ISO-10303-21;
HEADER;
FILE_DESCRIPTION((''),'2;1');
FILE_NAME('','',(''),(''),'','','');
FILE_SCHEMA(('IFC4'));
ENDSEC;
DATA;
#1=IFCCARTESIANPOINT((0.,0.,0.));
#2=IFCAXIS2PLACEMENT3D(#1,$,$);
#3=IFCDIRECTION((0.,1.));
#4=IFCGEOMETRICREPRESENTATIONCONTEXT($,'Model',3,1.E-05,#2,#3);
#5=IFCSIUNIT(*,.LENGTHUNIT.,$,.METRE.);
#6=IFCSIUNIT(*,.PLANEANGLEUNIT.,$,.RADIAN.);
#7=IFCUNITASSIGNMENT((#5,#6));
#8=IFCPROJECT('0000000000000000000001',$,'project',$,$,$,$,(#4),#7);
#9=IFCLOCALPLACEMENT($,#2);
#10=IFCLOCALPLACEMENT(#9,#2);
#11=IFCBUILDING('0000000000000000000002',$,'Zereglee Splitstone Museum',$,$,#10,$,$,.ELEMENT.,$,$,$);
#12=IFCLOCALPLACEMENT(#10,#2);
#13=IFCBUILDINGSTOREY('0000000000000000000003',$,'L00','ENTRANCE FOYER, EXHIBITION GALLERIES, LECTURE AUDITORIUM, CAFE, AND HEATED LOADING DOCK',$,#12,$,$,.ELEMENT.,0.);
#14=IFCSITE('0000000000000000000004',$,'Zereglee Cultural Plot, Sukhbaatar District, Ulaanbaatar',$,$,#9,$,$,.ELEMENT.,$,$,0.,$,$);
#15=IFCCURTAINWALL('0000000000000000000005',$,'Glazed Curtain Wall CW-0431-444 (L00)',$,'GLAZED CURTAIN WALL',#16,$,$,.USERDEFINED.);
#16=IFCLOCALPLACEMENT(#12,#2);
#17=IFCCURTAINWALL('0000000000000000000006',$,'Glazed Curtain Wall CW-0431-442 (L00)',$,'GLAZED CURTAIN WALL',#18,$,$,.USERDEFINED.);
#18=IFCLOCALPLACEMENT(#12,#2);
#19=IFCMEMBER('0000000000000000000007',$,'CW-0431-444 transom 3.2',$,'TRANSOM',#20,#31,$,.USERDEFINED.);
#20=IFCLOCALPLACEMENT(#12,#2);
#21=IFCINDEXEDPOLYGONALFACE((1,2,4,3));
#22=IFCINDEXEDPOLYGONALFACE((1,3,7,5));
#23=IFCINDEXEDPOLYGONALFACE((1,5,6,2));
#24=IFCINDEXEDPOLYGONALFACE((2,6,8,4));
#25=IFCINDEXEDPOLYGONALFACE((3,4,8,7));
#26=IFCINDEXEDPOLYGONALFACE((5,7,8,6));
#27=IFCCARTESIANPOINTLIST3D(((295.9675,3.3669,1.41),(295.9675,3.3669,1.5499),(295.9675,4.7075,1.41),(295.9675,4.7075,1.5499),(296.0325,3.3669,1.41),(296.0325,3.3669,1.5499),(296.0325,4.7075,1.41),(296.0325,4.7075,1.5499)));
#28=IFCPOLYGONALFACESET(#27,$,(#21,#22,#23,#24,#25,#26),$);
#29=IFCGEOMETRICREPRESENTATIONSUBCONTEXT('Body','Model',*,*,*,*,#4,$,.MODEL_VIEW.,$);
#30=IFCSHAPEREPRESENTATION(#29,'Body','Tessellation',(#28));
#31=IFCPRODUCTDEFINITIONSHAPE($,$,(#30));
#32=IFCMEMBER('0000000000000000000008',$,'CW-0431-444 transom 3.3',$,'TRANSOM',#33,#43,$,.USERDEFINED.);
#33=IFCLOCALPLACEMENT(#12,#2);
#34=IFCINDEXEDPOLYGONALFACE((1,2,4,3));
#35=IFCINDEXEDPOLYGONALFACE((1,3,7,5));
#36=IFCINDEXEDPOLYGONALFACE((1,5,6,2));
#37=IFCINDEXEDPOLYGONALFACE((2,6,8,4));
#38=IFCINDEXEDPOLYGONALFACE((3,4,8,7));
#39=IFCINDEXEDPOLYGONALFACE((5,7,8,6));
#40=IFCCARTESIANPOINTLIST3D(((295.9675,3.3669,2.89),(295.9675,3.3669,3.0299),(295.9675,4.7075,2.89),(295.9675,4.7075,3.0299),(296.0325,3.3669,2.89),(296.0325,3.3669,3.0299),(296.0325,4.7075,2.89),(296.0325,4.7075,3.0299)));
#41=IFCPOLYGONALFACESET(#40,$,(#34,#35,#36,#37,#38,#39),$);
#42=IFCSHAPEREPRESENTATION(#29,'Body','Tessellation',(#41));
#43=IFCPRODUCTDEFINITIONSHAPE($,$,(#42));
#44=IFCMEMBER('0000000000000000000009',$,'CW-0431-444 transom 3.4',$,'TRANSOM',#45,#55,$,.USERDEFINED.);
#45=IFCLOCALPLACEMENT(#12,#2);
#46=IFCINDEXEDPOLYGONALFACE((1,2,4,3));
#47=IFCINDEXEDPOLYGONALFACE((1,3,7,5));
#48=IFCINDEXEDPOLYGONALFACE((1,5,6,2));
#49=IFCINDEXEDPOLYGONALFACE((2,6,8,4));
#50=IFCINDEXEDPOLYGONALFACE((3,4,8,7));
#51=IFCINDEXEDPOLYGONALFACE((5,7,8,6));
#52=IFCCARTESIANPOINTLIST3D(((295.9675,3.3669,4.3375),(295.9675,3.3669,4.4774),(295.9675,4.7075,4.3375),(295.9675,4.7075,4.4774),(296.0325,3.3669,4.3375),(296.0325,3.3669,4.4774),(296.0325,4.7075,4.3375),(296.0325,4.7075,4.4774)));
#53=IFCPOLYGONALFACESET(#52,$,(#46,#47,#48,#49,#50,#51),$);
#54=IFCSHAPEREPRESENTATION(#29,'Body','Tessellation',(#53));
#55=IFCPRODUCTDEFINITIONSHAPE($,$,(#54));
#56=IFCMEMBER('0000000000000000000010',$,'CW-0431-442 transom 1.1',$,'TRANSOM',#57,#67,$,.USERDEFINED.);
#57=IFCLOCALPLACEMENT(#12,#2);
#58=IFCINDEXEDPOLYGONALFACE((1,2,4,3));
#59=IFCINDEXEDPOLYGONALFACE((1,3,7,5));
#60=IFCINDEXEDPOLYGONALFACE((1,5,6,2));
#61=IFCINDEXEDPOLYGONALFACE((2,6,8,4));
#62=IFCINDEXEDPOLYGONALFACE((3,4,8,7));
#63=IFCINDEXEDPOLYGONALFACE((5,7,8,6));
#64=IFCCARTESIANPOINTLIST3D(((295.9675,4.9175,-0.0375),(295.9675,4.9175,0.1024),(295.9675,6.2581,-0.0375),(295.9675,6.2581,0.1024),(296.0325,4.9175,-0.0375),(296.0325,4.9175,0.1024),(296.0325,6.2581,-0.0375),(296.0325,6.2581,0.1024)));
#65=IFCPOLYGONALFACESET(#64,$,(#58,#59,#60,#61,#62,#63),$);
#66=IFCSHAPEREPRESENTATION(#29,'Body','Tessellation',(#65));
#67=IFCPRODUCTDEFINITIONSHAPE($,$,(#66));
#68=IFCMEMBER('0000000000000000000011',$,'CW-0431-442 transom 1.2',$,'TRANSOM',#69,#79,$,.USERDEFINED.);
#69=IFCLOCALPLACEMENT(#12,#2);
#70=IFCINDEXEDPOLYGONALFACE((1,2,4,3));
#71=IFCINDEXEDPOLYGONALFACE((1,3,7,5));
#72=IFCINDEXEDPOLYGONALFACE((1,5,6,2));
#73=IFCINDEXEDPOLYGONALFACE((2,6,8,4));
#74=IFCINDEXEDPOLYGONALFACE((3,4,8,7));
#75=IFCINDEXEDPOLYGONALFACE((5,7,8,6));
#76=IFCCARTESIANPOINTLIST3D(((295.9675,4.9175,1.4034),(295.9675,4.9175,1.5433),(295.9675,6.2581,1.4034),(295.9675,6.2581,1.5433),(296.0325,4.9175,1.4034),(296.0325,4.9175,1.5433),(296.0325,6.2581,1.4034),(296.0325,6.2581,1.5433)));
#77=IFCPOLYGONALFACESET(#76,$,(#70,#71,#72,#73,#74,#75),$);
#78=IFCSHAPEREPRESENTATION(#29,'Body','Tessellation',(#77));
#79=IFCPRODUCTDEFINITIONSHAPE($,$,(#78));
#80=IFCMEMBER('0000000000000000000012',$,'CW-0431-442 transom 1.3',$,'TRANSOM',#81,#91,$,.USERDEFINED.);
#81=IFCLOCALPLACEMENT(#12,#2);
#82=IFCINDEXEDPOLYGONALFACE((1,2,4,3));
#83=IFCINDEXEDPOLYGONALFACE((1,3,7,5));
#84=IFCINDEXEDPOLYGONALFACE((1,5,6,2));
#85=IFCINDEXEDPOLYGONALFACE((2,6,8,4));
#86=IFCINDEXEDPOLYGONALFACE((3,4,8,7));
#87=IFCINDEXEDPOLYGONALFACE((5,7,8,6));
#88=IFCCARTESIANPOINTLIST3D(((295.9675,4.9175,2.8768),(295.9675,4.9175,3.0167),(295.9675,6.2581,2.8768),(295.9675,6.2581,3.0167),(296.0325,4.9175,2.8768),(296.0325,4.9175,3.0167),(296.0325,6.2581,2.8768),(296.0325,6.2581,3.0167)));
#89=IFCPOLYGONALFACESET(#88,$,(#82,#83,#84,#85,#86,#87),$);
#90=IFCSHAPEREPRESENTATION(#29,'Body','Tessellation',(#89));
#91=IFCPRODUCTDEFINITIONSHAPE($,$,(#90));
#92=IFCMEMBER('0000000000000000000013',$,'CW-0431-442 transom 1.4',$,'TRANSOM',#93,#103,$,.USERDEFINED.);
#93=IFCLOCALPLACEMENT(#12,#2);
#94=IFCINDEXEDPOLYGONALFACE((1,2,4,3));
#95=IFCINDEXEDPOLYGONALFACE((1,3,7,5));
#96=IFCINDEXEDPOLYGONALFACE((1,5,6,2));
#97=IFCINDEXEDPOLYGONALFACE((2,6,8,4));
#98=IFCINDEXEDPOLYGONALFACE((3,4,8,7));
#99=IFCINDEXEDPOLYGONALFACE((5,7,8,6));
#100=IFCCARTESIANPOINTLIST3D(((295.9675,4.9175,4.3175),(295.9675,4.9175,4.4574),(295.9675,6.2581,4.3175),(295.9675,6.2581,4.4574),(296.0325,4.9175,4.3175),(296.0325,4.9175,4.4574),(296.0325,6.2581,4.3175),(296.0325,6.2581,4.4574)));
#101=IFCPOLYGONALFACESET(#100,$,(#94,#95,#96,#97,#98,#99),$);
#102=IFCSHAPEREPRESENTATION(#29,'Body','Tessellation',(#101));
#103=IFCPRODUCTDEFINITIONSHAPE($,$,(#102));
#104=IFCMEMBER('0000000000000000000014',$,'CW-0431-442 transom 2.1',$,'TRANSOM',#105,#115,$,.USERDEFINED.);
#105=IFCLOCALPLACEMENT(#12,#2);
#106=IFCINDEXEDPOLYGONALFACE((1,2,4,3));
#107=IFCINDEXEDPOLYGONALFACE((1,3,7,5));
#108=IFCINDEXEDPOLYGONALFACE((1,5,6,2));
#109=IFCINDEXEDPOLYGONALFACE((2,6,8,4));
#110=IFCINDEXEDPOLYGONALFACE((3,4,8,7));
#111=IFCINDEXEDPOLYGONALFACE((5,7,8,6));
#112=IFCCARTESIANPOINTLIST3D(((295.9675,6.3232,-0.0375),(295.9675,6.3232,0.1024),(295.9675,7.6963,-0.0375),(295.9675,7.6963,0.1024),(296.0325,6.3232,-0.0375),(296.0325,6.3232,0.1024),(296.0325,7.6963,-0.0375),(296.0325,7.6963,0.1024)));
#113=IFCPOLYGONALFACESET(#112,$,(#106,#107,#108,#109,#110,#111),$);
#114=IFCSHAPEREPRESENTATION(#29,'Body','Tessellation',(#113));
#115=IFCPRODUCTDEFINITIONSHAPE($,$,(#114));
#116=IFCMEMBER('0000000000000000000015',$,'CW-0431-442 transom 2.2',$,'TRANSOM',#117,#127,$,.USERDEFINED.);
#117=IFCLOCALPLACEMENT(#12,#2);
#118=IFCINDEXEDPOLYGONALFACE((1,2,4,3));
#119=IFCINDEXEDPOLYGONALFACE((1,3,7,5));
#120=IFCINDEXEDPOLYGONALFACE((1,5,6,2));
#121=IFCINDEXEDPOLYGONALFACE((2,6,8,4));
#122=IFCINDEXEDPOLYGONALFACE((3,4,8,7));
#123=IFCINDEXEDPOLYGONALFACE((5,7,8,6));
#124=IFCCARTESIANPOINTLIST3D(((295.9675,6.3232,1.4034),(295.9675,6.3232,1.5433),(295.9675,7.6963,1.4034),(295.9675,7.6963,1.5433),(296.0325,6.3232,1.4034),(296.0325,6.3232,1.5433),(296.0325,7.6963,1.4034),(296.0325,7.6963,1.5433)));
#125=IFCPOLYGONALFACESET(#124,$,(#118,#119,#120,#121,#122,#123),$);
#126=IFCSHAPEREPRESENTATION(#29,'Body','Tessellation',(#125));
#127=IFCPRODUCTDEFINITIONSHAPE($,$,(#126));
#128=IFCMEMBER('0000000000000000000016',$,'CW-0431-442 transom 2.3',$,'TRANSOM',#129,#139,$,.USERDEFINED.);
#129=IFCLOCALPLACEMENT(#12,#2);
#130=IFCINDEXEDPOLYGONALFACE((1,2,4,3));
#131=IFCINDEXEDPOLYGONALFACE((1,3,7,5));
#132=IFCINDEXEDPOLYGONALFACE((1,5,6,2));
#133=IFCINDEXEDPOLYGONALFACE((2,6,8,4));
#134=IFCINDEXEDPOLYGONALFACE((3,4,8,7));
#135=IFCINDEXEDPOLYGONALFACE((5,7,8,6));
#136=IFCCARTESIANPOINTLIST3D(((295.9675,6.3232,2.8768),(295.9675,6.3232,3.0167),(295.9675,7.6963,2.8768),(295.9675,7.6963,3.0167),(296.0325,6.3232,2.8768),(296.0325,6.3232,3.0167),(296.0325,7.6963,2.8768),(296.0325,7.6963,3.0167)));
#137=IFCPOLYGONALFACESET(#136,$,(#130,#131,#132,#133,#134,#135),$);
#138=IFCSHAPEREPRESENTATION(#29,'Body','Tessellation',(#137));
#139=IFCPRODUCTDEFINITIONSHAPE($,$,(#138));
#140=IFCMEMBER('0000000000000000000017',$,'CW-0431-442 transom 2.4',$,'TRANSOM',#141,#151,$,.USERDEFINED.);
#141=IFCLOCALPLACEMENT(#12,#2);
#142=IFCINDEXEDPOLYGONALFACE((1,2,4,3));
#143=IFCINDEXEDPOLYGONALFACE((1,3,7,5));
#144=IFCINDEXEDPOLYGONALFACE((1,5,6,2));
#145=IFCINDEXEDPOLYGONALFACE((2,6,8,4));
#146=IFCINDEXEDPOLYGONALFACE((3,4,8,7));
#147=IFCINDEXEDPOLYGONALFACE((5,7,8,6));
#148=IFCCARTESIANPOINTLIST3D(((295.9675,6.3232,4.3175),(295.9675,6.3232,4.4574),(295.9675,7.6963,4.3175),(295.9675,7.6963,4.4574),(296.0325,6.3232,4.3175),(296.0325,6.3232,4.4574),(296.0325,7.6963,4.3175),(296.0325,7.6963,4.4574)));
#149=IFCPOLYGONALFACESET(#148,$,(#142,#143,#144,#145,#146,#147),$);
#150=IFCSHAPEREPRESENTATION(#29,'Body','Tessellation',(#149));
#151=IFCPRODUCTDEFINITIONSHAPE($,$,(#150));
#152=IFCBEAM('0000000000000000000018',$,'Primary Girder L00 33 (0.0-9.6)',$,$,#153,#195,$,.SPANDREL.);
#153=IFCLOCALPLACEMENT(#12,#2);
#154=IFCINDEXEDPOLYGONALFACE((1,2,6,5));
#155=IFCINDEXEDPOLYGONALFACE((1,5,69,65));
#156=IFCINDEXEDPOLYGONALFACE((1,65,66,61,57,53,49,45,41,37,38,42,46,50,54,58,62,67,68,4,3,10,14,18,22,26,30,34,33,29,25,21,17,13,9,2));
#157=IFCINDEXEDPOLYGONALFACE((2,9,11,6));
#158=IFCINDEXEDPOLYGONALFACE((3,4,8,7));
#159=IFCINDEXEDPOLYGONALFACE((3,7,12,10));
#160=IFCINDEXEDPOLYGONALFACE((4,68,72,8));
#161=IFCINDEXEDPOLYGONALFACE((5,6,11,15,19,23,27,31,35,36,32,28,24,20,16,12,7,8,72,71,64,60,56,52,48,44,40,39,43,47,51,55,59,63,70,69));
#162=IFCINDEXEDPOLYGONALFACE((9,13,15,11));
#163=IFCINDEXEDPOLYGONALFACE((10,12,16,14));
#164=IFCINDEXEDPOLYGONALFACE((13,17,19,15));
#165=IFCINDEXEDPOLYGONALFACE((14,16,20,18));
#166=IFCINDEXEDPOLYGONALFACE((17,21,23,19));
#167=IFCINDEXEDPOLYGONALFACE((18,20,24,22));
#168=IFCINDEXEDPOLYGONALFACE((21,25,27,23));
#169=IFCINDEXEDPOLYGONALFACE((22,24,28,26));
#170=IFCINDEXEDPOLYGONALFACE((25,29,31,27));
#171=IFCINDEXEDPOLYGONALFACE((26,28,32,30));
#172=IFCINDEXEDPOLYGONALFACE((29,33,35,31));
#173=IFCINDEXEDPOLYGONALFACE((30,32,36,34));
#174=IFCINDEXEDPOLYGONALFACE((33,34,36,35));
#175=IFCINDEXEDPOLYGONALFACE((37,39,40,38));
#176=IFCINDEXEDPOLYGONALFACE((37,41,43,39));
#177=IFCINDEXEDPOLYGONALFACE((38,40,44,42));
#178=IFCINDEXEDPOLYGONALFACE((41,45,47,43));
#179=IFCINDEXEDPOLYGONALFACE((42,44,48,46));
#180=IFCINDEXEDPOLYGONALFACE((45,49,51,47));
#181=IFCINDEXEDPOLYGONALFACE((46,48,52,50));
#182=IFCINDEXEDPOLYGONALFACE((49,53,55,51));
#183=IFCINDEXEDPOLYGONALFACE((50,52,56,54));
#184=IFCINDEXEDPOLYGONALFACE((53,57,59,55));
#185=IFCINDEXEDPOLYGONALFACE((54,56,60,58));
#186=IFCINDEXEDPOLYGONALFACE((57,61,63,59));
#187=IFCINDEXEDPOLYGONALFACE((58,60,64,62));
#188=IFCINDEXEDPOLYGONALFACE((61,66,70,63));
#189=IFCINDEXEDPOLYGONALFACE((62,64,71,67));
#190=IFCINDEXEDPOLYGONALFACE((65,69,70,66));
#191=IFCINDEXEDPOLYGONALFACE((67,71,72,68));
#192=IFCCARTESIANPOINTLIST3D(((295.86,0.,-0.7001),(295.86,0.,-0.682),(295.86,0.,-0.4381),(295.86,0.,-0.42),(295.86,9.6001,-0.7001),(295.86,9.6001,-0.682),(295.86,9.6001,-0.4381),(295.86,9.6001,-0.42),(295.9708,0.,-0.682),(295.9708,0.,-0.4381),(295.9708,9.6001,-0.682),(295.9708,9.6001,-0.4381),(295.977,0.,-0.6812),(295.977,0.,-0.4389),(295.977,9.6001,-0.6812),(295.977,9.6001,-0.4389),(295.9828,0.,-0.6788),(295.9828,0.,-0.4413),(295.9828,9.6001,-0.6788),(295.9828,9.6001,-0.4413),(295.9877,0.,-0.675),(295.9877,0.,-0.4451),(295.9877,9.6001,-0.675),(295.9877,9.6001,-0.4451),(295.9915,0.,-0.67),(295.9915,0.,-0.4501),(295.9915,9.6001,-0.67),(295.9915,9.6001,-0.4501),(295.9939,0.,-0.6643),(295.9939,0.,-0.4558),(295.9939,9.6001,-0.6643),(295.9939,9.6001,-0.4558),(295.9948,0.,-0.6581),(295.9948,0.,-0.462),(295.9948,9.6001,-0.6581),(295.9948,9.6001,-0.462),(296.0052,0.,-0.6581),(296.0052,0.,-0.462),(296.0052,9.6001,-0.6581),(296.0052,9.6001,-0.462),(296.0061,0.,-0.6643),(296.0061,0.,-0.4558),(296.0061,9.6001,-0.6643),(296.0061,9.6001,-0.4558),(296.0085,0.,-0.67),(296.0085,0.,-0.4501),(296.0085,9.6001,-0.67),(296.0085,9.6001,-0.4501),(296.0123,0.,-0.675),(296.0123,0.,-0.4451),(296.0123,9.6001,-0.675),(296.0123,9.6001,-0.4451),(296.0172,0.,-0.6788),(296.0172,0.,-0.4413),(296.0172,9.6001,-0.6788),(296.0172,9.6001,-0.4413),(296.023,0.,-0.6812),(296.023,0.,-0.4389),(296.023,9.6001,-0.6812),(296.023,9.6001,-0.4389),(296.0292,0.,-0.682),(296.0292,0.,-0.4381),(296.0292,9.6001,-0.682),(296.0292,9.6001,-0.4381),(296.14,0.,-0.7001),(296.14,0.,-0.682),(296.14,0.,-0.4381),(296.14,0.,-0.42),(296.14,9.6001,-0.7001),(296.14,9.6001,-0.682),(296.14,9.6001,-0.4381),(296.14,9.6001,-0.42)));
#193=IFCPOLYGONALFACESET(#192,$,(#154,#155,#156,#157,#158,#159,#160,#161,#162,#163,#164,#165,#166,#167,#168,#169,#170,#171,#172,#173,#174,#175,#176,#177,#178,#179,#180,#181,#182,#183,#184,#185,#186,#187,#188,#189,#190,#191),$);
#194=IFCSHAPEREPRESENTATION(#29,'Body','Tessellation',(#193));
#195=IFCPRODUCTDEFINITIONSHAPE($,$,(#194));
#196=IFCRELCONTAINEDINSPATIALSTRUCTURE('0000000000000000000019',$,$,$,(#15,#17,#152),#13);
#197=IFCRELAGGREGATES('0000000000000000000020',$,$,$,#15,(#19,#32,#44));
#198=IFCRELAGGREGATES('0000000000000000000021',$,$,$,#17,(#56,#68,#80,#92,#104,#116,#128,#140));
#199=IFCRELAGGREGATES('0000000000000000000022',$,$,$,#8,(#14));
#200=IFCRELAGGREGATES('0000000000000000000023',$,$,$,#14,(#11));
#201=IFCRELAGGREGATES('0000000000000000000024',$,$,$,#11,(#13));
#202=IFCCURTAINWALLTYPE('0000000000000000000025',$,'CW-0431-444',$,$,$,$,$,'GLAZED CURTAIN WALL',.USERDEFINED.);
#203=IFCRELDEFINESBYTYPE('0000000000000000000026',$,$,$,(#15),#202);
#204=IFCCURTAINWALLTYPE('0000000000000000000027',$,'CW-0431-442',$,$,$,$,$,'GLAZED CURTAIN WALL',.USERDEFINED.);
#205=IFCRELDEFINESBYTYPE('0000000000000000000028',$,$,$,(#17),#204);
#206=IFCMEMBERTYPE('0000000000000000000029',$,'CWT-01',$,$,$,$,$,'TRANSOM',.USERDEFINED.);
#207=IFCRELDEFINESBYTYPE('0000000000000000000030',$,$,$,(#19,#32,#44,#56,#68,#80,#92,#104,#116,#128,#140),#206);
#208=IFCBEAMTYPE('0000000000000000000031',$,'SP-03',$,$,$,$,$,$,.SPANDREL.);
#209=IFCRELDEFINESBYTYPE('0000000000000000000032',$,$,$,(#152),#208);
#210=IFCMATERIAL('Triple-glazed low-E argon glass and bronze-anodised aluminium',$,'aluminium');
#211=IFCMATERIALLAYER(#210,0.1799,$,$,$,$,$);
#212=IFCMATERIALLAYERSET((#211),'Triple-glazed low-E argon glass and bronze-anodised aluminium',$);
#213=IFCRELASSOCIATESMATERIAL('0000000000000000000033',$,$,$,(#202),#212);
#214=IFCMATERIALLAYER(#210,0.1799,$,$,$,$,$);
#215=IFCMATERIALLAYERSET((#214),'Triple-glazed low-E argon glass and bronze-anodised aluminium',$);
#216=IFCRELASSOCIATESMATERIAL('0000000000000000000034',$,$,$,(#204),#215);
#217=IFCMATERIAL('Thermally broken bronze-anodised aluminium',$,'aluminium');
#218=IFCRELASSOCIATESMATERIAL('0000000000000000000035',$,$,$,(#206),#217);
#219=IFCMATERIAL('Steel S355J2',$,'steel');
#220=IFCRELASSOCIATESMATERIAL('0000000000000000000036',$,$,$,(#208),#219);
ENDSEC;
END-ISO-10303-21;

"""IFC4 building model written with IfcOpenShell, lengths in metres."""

from ifc_helpers import new_model, si_unit, direction, frame, origin, origin_2d, place, context, subcontext, project, spatial, rectangle, i_section, extrude, material, layer, layer_set, material_profile, profile_set, type_object, element, aggregate, save


model = new_model("IFC4")

# Units and contexts
model_context = context("Model", 3, precision=1e-05, world=origin(), true_north=direction((0.0, 1.0)))
body_context = subcontext(model_context, "Body", "Model", "MODEL_VIEW")
ifc_project = project(units=[si_unit("LENGTHUNIT", "METRE"), si_unit("PLANEANGLEUNIT", "RADIAN")], contexts=[model_context])

# Site, building, storey
site_placement = place(None, origin())
site = spatial("IfcSite", under=ifc_project, at=site_placement, Name="Zereglee Cultural Plot, Sukhbaatar District, Ulaanbaatar", CompositionType="ELEMENT", RefElevation=0.0)
building_placement = place(site_placement, origin())
building = spatial("IfcBuilding", under=site, at=building_placement, Name="Zereglee Splitstone Museum", CompositionType="ELEMENT")
storey_placement = place(building_placement, origin())
storey = spatial("IfcBuildingStorey", under=building, at=storey_placement, Name="L00", Description="ENTRANCE FOYER, EXHIBITION GALLERIES, LECTURE AUDITORIUM, CAFE, AND HEATED LOADING DOCK", CompositionType="ELEMENT", Elevation=0.0)

# Curtain walls
ifc_material_1 = material(Name="Triple-glazed low-E argon glass and bronze-anodised aluminium", Category="aluminium")
ifc_layer_1 = layer(ifc_material_1, 0.1799)
ifc_layer_set_1 = layer_set([ifc_layer_1], Name="Triple-glazed low-E argon glass and bronze-anodised aluminium")
curtain_wall_type_1 = type_object("IfcCurtainWallType", Name="CW-0431-444", ElementType="GLAZED CURTAIN WALL", PredefinedType="USERDEFINED", material=ifc_layer_set_1)
curtain_wall_1_placement = place(storey_placement, origin())
curtain_wall_1 = element("IfcCurtainWall", 1, at=curtain_wall_1_placement, inside=storey, type_object=curtain_wall_type_1, Name="Glazed Curtain Wall CW-0431-444 (L00)", ObjectType="GLAZED CURTAIN WALL", PredefinedType="USERDEFINED")
ifc_material_2 = material(Name="Thermally broken bronze-anodised aluminium", Category="aluminium")
ifc_layer_2 = layer(ifc_material_1, 0.1799)
ifc_layer_set_2 = layer_set([ifc_layer_2], Name="Triple-glazed low-E argon glass and bronze-anodised aluminium")
curtain_wall_type_2 = type_object("IfcCurtainWallType", Name="CW-0431-442", ElementType="GLAZED CURTAIN WALL", PredefinedType="USERDEFINED", material=ifc_layer_set_2)
curtain_wall_2_placement = place(storey_placement, origin())
curtain_wall_2 = element("IfcCurtainWall", 2, at=curtain_wall_2_placement, inside=storey, type_object=curtain_wall_type_2, Name="Glazed Curtain Wall CW-0431-442 (L00)", ObjectType="GLAZED CURTAIN WALL", PredefinedType="USERDEFINED")

# Members
ifc_material_profile_1 = material_profile(ifc_material_2, rectangle(XDim=0.0649, YDim=0.1399, at=origin_2d()), Name="CW TRAN 65x140")
ifc_profile_set_1 = profile_set([ifc_material_profile_1], Name="Thermally broken bronze-anodised aluminium")
member_type_1 = type_object("IfcMemberType", Name="CWT-01", ElementType="TRANSOM", PredefinedType="USERDEFINED", material=ifc_profile_set_1)
member_1_placement = place(storey_placement, frame((296.0, 3.3669, 1.48), z_axis=(0.0, 1.0, 0.0), x_axis=(-1.0, 0.0, 0.0)))
member_1 = element("IfcMember", 3, at=member_1_placement, type_object=member_type_1, Name="CW-0431-444 transom 3.2", ObjectType="TRANSOM", PredefinedType="USERDEFINED", context=body_context, shape_type="SweptSolid", body=[
    extrude(rectangle(XDim=0.0649, YDim=0.1399, at=origin_2d()), origin(), (0.0, 0.0, 1.0), 1.3406),
])
member_2_placement = place(storey_placement, frame((296.0, 3.3669, 2.96), z_axis=(0.0, 1.0, 0.0), x_axis=(-1.0, 0.0, 0.0)))
member_2 = element("IfcMember", 4, at=member_2_placement, type_object=member_type_1, Name="CW-0431-444 transom 3.3", ObjectType="TRANSOM", PredefinedType="USERDEFINED", context=body_context, shape_type="SweptSolid", body=[
    extrude(rectangle(XDim=0.0649, YDim=0.1399, at=origin_2d()), origin(), (0.0, 0.0, 1.0), 1.3406),
])
member_3_placement = place(storey_placement, frame((296.0, 3.3669, 4.4075), z_axis=(0.0, 1.0, 0.0), x_axis=(-1.0, 0.0, 0.0)))
member_3 = element("IfcMember", 5, at=member_3_placement, type_object=member_type_1, Name="CW-0431-444 transom 3.4", ObjectType="TRANSOM", PredefinedType="USERDEFINED", context=body_context, shape_type="SweptSolid", body=[
    extrude(rectangle(XDim=0.0649, YDim=0.1399, at=origin_2d()), origin(), (0.0, 0.0, 1.0), 1.3406),
])
member_4_placement = place(storey_placement, frame((296.0, 4.9175, 0.0325), z_axis=(0.0, 1.0, 0.0), x_axis=(-1.0, 0.0, 0.0)))
member_4 = element("IfcMember", 6, at=member_4_placement, type_object=member_type_1, Name="CW-0431-442 transom 1.1", ObjectType="TRANSOM", PredefinedType="USERDEFINED", context=body_context, shape_type="SweptSolid", body=[
    extrude(rectangle(XDim=0.0649, YDim=0.1399, at=origin_2d()), origin(), (0.0, 0.0, 1.0), 1.3406),
])
member_5_placement = place(storey_placement, frame((296.0, 4.9175, 1.4734), z_axis=(0.0, 1.0, 0.0), x_axis=(-1.0, 0.0, 0.0)))
member_5 = element("IfcMember", 7, at=member_5_placement, type_object=member_type_1, Name="CW-0431-442 transom 1.2", ObjectType="TRANSOM", PredefinedType="USERDEFINED", context=body_context, shape_type="SweptSolid", body=[
    extrude(rectangle(XDim=0.0649, YDim=0.1399, at=origin_2d()), origin(), (0.0, 0.0, 1.0), 1.3406),
])
member_6_placement = place(storey_placement, frame((296.0, 4.9175, 2.9468), z_axis=(0.0, 1.0, 0.0), x_axis=(-1.0, 0.0, 0.0)))
member_6 = element("IfcMember", 8, at=member_6_placement, type_object=member_type_1, Name="CW-0431-442 transom 1.3", ObjectType="TRANSOM", PredefinedType="USERDEFINED", context=body_context, shape_type="SweptSolid", body=[
    extrude(rectangle(XDim=0.0649, YDim=0.1399, at=origin_2d()), origin(), (0.0, 0.0, 1.0), 1.3406),
])
member_7_placement = place(storey_placement, frame((296.0, 4.9175, 4.3875), z_axis=(0.0, 1.0, 0.0), x_axis=(-1.0, 0.0, 0.0)))
member_7 = element("IfcMember", 9, at=member_7_placement, type_object=member_type_1, Name="CW-0431-442 transom 1.4", ObjectType="TRANSOM", PredefinedType="USERDEFINED", context=body_context, shape_type="SweptSolid", body=[
    extrude(rectangle(XDim=0.0649, YDim=0.1399, at=origin_2d()), origin(), (0.0, 0.0, 1.0), 1.3406),
])
member_8_placement = place(storey_placement, frame((296.0, 6.3232, 0.0325), z_axis=(0.0, 1.0, 0.0), x_axis=(-1.0, 0.0, 0.0)))
member_8 = element("IfcMember", 10, at=member_8_placement, type_object=member_type_1, Name="CW-0431-442 transom 2.1", ObjectType="TRANSOM", PredefinedType="USERDEFINED", context=body_context, shape_type="SweptSolid", body=[
    extrude(rectangle(XDim=0.0649, YDim=0.1399, at=origin_2d()), origin(), (0.0, 0.0, 1.0), 1.373),
])
member_9_placement = place(storey_placement, frame((296.0, 6.3232, 1.4734), z_axis=(0.0, 1.0, 0.0), x_axis=(-1.0, 0.0, 0.0)))
member_9 = element("IfcMember", 11, at=member_9_placement, type_object=member_type_1, Name="CW-0431-442 transom 2.2", ObjectType="TRANSOM", PredefinedType="USERDEFINED", context=body_context, shape_type="SweptSolid", body=[
    extrude(rectangle(XDim=0.0649, YDim=0.1399, at=origin_2d()), origin(), (0.0, 0.0, 1.0), 1.373),
])
member_10_placement = place(storey_placement, frame((296.0, 6.3232, 2.9468), z_axis=(0.0, 1.0, 0.0), x_axis=(-1.0, 0.0, 0.0)))
member_10 = element("IfcMember", 12, at=member_10_placement, type_object=member_type_1, Name="CW-0431-442 transom 2.3", ObjectType="TRANSOM", PredefinedType="USERDEFINED", context=body_context, shape_type="SweptSolid", body=[
    extrude(rectangle(XDim=0.0649, YDim=0.1399, at=origin_2d()), origin(), (0.0, 0.0, 1.0), 1.373),
])
member_11_placement = place(storey_placement, frame((296.0, 6.3232, 4.3875), z_axis=(0.0, 1.0, 0.0), x_axis=(-1.0, 0.0, 0.0)))
member_11 = element("IfcMember", 13, at=member_11_placement, type_object=member_type_1, Name="CW-0431-442 transom 2.4", ObjectType="TRANSOM", PredefinedType="USERDEFINED", context=body_context, shape_type="SweptSolid", body=[
    extrude(rectangle(XDim=0.0649, YDim=0.1399, at=origin_2d()), origin(), (0.0, 0.0, 1.0), 1.373),
])

# Beam
ifc_material_3 = material(Name="Steel S355J2", Category="steel")
ifc_material_profile_2 = material_profile(ifc_material_3, i_section(OverallWidth=0.28, OverallDepth=0.28, WebThickness=0.0105, FlangeThickness=0.0181, FilletRadius=0.0239, at=origin_2d()), Name="HE 280 B")
ifc_profile_set_2 = profile_set([ifc_material_profile_2], Name="Steel S355J2")
beam_type = type_object("IfcBeamType", Name="SP-03", PredefinedType="SPANDREL", material=ifc_profile_set_2)
beam_placement = place(storey_placement, frame((296.0, 0.0, -0.5601), z_axis=(0.0, 1.0, 0.0), x_axis=(-1.0, 0.0, 0.0)))
element("IfcBeam", 14, at=beam_placement, inside=storey, type_object=beam_type, Name="Primary Girder L00 33 (0.0-9.6)", PredefinedType="SPANDREL", context=body_context, shape_type="SweptSolid", body=[
    extrude(i_section(OverallWidth=0.28, OverallDepth=0.28, WebThickness=0.0105, FlangeThickness=0.0181, FilletRadius=0.0239, at=origin_2d()), origin(), (0.0, 0.0, 1.0), 9.6001),
])

aggregate(curtain_wall_1, [member_1, member_2, member_3])
aggregate(curtain_wall_2, [member_4, member_5, member_6, member_7, member_8, member_9, member_10, member_11])

save(model, "model.ifc")
